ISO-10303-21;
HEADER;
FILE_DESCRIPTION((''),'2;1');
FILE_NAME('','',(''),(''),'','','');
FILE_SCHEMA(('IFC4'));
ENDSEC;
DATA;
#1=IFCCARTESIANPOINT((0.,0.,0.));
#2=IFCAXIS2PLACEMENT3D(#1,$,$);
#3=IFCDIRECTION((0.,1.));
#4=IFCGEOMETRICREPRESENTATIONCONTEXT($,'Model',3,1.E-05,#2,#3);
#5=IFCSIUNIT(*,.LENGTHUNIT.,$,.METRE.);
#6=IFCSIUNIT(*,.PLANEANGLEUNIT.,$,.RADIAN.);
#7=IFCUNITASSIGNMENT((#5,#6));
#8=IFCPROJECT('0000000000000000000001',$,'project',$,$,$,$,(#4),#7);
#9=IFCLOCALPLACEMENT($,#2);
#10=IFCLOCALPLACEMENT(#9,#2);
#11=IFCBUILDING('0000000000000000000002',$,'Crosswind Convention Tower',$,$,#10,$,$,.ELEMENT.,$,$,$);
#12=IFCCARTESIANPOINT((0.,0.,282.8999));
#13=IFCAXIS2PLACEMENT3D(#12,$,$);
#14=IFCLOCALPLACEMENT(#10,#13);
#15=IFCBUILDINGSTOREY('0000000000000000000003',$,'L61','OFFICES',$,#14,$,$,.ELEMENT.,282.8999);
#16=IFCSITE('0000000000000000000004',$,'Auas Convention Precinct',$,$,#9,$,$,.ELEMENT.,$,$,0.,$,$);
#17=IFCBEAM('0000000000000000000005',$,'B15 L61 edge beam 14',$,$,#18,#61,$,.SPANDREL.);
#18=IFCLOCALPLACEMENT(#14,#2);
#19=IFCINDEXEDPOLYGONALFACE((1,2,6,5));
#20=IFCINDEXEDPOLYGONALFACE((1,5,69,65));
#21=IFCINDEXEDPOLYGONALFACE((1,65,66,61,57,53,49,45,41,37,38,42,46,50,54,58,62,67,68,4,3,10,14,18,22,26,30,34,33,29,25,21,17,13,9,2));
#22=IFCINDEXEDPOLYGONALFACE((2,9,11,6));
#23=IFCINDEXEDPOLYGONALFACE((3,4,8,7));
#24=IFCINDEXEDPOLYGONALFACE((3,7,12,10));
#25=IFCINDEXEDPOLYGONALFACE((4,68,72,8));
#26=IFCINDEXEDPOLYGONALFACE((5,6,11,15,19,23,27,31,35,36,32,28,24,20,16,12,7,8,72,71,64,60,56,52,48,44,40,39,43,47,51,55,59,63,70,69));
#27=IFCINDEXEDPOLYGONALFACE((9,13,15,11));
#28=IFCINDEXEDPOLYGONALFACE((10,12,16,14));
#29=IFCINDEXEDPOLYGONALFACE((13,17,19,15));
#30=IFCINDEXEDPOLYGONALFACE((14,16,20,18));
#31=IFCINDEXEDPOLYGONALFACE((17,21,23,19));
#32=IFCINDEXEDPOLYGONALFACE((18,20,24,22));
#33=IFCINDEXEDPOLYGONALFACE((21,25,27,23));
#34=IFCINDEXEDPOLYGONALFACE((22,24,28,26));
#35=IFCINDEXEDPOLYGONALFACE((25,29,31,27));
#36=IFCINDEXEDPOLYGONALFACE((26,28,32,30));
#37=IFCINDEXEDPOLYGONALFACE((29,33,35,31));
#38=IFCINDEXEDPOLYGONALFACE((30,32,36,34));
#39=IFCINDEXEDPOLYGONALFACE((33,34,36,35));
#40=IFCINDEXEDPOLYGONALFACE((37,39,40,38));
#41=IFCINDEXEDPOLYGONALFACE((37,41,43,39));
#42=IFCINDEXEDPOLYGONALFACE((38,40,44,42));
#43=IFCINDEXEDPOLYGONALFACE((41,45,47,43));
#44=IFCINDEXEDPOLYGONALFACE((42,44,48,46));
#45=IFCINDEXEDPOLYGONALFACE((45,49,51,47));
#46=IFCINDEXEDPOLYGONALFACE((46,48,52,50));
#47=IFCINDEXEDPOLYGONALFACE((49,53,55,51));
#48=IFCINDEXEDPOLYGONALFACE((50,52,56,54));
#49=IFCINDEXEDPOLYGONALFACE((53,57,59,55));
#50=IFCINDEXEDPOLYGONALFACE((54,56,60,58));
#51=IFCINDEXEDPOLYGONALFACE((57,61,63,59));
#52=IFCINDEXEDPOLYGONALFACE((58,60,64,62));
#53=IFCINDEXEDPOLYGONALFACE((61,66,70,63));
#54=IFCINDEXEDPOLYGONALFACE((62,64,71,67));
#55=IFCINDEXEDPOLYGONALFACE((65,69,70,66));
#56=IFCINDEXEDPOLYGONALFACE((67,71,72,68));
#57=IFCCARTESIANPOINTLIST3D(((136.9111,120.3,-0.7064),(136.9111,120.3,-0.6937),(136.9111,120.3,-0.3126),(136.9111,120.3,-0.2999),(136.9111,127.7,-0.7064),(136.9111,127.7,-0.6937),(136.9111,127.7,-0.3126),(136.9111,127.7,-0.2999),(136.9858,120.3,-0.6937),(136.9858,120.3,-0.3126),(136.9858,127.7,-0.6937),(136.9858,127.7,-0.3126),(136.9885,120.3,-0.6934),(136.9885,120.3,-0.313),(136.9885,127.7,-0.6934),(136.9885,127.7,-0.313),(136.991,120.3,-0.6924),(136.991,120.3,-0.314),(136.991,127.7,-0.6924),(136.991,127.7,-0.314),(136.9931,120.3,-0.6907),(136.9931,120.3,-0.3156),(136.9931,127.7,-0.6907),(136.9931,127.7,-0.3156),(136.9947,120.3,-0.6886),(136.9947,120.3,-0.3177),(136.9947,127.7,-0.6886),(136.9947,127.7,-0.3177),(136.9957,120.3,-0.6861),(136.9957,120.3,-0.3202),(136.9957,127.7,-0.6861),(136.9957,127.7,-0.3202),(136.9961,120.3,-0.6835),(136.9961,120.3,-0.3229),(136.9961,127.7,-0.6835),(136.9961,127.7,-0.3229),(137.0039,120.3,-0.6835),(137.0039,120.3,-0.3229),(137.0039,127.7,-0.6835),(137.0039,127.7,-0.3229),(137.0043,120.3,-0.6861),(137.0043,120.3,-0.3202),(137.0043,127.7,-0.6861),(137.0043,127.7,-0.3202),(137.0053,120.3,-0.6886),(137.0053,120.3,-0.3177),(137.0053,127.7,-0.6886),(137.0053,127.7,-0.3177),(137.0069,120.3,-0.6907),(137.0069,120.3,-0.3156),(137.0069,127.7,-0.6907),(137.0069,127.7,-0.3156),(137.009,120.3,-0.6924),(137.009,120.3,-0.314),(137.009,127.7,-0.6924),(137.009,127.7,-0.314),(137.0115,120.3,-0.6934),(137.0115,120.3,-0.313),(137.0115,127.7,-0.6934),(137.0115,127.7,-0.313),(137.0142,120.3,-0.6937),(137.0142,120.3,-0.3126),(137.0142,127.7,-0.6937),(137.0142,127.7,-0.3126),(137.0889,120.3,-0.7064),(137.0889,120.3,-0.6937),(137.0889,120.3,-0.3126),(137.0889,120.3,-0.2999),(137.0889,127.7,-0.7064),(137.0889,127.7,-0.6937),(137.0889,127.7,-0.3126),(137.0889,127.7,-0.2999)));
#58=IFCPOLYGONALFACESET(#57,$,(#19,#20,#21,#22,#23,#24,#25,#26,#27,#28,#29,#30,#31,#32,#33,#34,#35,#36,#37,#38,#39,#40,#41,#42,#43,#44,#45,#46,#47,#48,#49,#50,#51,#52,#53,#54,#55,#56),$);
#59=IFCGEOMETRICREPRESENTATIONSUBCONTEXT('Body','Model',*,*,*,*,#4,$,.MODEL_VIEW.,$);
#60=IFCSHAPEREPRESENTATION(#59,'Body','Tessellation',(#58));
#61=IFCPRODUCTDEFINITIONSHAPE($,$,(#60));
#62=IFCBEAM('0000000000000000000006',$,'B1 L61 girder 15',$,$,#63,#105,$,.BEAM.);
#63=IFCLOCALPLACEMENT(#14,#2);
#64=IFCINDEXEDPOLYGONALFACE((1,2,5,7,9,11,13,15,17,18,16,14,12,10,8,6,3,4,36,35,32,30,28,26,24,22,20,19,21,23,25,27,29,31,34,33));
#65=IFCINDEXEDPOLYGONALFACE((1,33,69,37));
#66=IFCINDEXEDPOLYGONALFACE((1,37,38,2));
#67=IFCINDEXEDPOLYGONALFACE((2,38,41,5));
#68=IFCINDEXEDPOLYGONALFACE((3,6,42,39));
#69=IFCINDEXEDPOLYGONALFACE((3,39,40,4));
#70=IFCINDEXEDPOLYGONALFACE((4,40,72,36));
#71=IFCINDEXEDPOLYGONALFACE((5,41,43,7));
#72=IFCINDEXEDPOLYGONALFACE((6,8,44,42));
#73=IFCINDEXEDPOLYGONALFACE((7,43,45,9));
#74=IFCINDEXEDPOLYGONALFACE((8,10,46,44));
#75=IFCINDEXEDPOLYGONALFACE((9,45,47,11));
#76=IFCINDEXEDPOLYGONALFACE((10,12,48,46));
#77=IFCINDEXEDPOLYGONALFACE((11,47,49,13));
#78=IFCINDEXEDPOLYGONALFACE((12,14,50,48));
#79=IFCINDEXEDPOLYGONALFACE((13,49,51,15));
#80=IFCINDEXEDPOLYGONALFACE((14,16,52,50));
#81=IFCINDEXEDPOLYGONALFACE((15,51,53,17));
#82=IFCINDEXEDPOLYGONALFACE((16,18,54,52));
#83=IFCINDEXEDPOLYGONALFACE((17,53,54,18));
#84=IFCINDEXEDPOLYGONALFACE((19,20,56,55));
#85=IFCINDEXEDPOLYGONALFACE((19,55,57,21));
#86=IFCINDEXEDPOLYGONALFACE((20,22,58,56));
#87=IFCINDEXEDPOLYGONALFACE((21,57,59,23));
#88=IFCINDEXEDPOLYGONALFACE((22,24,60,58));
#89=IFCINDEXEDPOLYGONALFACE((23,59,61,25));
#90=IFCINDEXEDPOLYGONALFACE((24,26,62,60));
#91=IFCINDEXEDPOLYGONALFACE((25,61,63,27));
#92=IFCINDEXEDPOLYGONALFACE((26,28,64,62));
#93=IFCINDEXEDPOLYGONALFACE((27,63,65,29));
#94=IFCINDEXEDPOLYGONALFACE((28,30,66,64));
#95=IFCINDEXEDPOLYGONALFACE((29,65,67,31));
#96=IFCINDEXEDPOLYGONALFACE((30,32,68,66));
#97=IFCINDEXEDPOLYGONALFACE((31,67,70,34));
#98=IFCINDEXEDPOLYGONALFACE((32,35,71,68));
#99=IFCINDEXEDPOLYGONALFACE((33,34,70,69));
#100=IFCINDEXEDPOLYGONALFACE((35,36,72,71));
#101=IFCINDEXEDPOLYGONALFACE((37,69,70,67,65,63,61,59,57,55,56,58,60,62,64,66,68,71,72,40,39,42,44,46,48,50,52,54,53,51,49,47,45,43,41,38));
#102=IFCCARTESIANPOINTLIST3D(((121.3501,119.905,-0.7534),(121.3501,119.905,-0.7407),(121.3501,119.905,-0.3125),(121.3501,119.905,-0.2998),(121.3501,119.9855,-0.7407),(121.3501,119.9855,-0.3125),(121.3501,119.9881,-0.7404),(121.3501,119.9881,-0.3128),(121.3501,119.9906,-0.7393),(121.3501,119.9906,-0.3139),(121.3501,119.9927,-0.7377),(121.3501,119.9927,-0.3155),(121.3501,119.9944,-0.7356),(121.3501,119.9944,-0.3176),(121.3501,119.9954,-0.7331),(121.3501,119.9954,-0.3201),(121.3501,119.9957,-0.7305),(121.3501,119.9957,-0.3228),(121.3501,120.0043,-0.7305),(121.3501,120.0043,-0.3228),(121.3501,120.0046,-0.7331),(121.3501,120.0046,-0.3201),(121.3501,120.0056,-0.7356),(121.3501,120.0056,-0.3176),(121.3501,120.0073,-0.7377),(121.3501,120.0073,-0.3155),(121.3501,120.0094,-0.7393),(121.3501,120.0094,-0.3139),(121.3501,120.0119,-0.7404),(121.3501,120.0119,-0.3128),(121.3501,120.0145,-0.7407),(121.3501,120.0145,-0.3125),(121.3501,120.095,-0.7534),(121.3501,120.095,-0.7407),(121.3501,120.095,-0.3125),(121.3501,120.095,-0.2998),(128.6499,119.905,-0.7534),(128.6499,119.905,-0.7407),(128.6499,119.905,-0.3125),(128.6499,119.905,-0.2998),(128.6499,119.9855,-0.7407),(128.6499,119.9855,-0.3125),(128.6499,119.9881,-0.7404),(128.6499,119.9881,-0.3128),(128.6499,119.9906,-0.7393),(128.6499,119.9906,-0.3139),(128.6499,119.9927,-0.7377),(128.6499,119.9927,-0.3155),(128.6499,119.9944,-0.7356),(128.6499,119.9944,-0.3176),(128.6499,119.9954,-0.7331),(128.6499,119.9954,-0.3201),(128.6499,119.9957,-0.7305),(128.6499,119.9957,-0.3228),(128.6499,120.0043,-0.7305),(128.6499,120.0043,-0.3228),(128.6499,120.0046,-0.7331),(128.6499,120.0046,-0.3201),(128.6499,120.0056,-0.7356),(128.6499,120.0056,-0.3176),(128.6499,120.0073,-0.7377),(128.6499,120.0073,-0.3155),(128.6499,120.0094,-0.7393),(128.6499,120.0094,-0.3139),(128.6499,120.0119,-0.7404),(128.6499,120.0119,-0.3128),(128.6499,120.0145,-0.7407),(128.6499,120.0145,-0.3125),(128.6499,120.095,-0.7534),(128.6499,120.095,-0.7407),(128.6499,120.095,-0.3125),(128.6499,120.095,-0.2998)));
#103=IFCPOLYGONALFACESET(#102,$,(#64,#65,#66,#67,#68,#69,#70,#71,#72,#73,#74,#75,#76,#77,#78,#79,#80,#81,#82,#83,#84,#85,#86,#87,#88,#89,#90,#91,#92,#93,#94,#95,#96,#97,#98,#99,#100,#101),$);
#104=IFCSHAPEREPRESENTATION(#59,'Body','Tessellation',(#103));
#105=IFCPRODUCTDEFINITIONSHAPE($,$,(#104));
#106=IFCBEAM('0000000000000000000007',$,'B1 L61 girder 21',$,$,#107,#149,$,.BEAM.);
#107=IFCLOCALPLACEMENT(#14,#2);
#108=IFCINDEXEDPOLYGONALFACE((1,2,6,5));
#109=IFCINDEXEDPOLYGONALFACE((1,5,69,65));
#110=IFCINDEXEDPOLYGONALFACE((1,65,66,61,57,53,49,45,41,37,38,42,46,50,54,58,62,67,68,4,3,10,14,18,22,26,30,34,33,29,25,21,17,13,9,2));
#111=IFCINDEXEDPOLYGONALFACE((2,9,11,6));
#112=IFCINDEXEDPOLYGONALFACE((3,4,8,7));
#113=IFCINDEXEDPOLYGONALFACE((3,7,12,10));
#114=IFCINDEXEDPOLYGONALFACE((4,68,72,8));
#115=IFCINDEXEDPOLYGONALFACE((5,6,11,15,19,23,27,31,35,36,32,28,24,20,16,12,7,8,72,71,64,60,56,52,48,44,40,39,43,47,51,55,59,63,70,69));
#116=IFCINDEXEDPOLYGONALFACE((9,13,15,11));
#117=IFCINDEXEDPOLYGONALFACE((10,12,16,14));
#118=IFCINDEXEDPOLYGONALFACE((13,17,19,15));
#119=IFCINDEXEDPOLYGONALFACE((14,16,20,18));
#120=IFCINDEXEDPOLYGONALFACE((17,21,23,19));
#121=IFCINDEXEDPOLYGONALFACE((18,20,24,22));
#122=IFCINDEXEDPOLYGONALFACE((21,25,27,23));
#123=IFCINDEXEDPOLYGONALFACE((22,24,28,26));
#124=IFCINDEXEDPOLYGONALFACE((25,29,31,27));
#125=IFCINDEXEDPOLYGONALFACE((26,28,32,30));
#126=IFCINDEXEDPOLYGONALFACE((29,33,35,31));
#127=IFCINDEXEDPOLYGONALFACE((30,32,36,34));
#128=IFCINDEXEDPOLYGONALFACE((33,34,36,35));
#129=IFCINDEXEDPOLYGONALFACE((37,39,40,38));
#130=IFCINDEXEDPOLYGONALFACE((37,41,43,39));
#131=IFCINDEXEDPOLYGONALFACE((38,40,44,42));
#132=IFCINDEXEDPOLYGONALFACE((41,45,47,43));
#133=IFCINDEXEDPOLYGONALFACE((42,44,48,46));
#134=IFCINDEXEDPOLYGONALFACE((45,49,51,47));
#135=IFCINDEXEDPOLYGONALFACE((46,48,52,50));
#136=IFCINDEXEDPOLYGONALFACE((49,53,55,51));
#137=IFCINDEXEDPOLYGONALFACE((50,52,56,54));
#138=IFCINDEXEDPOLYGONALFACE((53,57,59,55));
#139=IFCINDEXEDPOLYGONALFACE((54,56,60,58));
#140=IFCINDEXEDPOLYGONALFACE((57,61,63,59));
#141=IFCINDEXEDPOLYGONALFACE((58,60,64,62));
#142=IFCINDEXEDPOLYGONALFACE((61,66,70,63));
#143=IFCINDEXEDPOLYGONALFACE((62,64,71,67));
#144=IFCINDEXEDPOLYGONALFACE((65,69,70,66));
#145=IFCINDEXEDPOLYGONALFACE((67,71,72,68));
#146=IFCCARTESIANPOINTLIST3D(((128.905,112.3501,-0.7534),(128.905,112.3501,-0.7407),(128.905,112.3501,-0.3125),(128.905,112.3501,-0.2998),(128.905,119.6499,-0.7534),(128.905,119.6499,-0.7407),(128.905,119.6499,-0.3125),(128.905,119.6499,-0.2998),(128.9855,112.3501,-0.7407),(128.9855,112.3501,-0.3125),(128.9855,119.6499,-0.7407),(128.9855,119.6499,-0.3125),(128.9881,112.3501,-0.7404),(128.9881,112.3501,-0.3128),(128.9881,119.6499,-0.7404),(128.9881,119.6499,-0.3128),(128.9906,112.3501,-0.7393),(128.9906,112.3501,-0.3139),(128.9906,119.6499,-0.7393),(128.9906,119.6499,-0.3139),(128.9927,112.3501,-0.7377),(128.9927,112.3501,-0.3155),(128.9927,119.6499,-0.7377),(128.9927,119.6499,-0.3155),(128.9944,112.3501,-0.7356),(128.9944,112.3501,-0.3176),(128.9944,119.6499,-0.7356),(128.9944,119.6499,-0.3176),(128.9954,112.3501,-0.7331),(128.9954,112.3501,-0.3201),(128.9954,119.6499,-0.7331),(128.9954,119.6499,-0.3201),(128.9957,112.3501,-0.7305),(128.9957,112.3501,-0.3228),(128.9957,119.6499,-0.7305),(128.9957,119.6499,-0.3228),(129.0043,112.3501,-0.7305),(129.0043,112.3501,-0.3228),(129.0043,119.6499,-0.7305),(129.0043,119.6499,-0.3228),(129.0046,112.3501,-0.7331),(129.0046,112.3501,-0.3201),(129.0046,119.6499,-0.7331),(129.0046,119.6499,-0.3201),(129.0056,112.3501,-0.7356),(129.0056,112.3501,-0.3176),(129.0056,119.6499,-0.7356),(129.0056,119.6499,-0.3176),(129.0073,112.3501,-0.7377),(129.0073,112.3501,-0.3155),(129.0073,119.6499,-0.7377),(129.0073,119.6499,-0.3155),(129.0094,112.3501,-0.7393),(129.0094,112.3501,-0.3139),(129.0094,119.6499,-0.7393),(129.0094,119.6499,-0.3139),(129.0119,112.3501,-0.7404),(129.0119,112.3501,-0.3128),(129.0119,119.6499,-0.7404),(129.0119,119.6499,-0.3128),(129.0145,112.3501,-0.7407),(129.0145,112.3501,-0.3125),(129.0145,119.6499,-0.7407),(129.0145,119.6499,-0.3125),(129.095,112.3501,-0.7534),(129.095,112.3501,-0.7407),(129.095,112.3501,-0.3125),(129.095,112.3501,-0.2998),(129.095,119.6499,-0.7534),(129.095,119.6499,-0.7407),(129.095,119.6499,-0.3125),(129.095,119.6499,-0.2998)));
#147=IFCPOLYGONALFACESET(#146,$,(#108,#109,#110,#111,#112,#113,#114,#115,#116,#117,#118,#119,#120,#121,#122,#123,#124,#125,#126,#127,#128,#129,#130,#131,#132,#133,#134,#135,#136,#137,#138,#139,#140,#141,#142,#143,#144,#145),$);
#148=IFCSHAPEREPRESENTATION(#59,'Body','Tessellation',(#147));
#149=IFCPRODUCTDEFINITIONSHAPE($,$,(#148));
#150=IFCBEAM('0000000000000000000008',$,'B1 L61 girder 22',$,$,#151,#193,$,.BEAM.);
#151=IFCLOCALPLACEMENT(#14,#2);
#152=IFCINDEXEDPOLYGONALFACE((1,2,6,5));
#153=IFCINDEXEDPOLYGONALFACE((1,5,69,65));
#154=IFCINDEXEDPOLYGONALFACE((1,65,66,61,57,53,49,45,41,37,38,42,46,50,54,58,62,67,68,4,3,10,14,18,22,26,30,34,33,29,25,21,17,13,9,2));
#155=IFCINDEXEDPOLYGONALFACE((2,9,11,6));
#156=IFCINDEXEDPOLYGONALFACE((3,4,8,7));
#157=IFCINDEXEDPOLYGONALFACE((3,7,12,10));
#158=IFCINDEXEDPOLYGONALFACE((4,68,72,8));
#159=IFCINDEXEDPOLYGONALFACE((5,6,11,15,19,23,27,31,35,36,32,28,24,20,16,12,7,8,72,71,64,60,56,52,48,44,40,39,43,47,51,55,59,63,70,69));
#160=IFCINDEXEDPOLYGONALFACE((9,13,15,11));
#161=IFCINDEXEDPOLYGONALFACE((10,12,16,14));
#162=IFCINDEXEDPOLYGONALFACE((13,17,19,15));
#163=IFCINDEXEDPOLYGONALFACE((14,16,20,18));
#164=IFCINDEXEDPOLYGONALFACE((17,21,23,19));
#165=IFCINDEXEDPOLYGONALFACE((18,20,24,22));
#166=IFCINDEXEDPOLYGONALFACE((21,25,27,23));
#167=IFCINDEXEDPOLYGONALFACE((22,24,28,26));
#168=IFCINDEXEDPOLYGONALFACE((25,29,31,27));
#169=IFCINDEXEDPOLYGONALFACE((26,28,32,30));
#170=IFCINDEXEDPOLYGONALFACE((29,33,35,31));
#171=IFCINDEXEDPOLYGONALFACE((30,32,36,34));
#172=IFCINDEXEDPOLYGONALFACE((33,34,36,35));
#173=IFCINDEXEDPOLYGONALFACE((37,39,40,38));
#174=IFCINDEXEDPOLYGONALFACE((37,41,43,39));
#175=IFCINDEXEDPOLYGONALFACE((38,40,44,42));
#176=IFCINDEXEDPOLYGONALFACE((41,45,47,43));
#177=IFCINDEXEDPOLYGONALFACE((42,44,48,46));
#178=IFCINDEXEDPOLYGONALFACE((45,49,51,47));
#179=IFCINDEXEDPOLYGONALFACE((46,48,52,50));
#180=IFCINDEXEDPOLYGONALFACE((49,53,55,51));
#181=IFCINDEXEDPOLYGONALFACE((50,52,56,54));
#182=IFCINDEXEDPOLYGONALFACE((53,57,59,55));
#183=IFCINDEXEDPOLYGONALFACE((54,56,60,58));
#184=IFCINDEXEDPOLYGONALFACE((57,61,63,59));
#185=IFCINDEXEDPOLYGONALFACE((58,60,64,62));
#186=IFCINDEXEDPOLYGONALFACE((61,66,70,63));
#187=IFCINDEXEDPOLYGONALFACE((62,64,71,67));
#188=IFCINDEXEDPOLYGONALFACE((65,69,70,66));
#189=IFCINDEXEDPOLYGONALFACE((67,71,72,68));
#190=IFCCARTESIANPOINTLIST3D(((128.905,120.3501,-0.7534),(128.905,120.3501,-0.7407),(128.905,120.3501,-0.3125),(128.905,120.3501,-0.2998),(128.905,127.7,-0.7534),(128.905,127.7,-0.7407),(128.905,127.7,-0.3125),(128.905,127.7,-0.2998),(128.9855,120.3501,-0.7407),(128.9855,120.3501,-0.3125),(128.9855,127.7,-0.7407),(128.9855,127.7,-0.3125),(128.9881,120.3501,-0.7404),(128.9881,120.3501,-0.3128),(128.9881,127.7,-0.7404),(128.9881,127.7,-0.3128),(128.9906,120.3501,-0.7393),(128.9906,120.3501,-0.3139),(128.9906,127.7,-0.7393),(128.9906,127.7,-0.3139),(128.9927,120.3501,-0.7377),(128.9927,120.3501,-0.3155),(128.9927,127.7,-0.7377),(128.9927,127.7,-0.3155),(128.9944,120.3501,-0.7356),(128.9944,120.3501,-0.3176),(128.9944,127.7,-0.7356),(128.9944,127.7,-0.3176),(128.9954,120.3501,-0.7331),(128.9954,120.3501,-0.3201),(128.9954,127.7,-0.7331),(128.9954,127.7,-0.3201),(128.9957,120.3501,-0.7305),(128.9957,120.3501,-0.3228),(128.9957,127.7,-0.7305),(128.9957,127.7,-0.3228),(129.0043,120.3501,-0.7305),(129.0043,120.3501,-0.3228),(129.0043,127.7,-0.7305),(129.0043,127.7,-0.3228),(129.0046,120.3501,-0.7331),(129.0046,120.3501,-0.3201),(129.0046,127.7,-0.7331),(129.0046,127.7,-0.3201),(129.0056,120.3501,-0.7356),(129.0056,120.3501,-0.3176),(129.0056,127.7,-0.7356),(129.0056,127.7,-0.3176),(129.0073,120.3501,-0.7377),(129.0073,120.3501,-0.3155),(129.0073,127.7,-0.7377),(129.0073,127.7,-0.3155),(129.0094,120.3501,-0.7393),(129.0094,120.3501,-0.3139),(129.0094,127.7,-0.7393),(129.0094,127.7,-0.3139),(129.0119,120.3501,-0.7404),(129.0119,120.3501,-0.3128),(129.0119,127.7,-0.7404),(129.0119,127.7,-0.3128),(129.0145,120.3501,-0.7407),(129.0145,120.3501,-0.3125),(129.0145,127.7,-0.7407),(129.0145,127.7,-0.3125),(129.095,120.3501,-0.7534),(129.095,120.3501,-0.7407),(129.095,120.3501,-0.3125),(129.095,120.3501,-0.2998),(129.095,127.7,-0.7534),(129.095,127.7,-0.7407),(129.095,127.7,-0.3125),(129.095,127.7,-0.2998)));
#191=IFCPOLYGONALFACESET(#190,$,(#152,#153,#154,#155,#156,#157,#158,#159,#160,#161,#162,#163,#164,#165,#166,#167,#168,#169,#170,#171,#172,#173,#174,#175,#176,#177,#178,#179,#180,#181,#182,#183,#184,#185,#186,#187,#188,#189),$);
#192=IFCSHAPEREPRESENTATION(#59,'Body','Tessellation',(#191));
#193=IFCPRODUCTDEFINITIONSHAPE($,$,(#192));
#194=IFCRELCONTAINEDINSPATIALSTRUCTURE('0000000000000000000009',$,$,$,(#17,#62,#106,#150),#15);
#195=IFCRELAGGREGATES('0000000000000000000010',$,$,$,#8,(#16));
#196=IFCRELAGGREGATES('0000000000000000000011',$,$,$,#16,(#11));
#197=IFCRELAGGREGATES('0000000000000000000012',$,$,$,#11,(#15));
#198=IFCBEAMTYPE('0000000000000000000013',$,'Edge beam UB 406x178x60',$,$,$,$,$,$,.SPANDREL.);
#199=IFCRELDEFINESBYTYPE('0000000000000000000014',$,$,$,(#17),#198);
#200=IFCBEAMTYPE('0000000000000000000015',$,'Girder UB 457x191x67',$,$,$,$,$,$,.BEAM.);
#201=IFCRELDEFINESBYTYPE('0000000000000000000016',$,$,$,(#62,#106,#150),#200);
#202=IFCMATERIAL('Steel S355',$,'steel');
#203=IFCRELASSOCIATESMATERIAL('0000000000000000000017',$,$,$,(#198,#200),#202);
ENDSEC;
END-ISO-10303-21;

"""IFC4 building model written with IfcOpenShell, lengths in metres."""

from ifc_helpers import new_model, si_unit, direction, frame, origin, origin_2d, place, context, subcontext, project, spatial, i_section, extrude, material, material_profile, profile_set, type_object, element, save


model = new_model("IFC4")

# Units and contexts
model_context = context("Model", 3, precision=1e-05, world=origin(), true_north=direction((0.0, 1.0)))
body_context = subcontext(model_context, "Body", "Model", "MODEL_VIEW")
ifc_project = project(units=[si_unit("LENGTHUNIT", "METRE"), si_unit("PLANEANGLEUNIT", "RADIAN")], contexts=[model_context])

# Site, building, storey
site_placement = place(None, origin())
site = spatial("IfcSite", under=ifc_project, at=site_placement, Name="Auas Convention Precinct", CompositionType="ELEMENT", RefElevation=0.0)
building_placement = place(site_placement, origin())
building = spatial("IfcBuilding", under=site, at=building_placement, Name="Crosswind Convention Tower", CompositionType="ELEMENT")
storey_placement = place(building_placement, frame((0.0, 0.0, 282.8999)))
storey = spatial("IfcBuildingStorey", under=building, at=storey_placement, Name="L61", Description="OFFICES", CompositionType="ELEMENT", Elevation=282.8999)

# Beams
ifc_material_1 = material(Name="Steel S355", Category="steel")
ifc_material_profile_1 = material_profile(ifc_material_1, i_section(OverallWidth=0.1777, OverallDepth=0.4065, WebThickness=0.0078, FlangeThickness=0.0127, FilletRadius=0.0103, at=origin_2d()), Name="UB 406x178x60")
ifc_profile_set_1 = profile_set([ifc_material_profile_1], Name="Steel S355")
beam_type_1 = type_object("IfcBeamType", Name="Edge beam UB 406x178x60", PredefinedType="SPANDREL", material=ifc_profile_set_1)
beam_1_placement = place(storey_placement, frame((137.0, 120.3, -0.5032), z_axis=(0.0, 1.0, 0.0), x_axis=(-1.0, 0.0, 0.0)))
element("IfcBeam", 1, at=beam_1_placement, inside=storey, type_object=beam_type_1, Name="B15 L61 edge beam 14", PredefinedType="SPANDREL", context=body_context, shape_type="SweptSolid", body=[
    extrude(i_section(OverallWidth=0.1777, OverallDepth=0.4065, WebThickness=0.0078, FlangeThickness=0.0127, FilletRadius=0.0103, at=origin_2d()), origin(), (0.0, 0.0, 1.0), 7.3999),
])
ifc_material_profile_2 = material_profile(ifc_material_1, i_section(OverallWidth=0.1899, OverallDepth=0.4536, WebThickness=0.0085, FlangeThickness=0.0127, FilletRadius=0.0103, at=origin_2d()), Name="UB 457x191x67")
ifc_profile_set_2 = profile_set([ifc_material_profile_2], Name="Steel S355")
beam_type_2 = type_object("IfcBeamType", Name="Girder UB 457x191x67", PredefinedType="BEAM", material=ifc_profile_set_2)
for number, where, z_axis, x_axis, name in (
    (2, (121.3501, 120.0, -0.5266), (1.0, 0.0, 0.0), (0.0, 1.0, 0.0), "B1 L61 girder 15"),
    (3, (129.0, 112.3501, -0.5266), (0.0, 1.0, 0.0), (-1.0, 0.0, 0.0), "B1 L61 girder 21"),
):
    element("IfcBeam", number, at=place(storey_placement, frame(where, z_axis=z_axis, x_axis=x_axis)), inside=storey, type_object=beam_type_2, Name=name, PredefinedType="BEAM", context=body_context, shape_type="SweptSolid", body=[
        extrude(i_section(OverallWidth=0.1899, OverallDepth=0.4536, WebThickness=0.0085, FlangeThickness=0.0127, FilletRadius=0.0103, at=origin_2d()), origin(), (0.0, 0.0, 1.0), 7.2998),
    ])
for number, where, z_axis, x_axis, name in (
    (4, (129.0, 120.3501, -0.5266), (0.0, 1.0, 0.0), (-1.0, 0.0, 0.0), "B1 L61 girder 22"),
):
    element("IfcBeam", number, at=place(storey_placement, frame(where, z_axis=z_axis, x_axis=x_axis)), inside=storey, type_object=beam_type_2, Name=name, PredefinedType="BEAM", context=body_context, shape_type="SweptSolid", body=[
        extrude(i_section(OverallWidth=0.1899, OverallDepth=0.4536, WebThickness=0.0085, FlangeThickness=0.0127, FilletRadius=0.0103, at=origin_2d()), origin(), (0.0, 0.0, 1.0), 7.3499),
    ])

save(model, "model.ifc")
